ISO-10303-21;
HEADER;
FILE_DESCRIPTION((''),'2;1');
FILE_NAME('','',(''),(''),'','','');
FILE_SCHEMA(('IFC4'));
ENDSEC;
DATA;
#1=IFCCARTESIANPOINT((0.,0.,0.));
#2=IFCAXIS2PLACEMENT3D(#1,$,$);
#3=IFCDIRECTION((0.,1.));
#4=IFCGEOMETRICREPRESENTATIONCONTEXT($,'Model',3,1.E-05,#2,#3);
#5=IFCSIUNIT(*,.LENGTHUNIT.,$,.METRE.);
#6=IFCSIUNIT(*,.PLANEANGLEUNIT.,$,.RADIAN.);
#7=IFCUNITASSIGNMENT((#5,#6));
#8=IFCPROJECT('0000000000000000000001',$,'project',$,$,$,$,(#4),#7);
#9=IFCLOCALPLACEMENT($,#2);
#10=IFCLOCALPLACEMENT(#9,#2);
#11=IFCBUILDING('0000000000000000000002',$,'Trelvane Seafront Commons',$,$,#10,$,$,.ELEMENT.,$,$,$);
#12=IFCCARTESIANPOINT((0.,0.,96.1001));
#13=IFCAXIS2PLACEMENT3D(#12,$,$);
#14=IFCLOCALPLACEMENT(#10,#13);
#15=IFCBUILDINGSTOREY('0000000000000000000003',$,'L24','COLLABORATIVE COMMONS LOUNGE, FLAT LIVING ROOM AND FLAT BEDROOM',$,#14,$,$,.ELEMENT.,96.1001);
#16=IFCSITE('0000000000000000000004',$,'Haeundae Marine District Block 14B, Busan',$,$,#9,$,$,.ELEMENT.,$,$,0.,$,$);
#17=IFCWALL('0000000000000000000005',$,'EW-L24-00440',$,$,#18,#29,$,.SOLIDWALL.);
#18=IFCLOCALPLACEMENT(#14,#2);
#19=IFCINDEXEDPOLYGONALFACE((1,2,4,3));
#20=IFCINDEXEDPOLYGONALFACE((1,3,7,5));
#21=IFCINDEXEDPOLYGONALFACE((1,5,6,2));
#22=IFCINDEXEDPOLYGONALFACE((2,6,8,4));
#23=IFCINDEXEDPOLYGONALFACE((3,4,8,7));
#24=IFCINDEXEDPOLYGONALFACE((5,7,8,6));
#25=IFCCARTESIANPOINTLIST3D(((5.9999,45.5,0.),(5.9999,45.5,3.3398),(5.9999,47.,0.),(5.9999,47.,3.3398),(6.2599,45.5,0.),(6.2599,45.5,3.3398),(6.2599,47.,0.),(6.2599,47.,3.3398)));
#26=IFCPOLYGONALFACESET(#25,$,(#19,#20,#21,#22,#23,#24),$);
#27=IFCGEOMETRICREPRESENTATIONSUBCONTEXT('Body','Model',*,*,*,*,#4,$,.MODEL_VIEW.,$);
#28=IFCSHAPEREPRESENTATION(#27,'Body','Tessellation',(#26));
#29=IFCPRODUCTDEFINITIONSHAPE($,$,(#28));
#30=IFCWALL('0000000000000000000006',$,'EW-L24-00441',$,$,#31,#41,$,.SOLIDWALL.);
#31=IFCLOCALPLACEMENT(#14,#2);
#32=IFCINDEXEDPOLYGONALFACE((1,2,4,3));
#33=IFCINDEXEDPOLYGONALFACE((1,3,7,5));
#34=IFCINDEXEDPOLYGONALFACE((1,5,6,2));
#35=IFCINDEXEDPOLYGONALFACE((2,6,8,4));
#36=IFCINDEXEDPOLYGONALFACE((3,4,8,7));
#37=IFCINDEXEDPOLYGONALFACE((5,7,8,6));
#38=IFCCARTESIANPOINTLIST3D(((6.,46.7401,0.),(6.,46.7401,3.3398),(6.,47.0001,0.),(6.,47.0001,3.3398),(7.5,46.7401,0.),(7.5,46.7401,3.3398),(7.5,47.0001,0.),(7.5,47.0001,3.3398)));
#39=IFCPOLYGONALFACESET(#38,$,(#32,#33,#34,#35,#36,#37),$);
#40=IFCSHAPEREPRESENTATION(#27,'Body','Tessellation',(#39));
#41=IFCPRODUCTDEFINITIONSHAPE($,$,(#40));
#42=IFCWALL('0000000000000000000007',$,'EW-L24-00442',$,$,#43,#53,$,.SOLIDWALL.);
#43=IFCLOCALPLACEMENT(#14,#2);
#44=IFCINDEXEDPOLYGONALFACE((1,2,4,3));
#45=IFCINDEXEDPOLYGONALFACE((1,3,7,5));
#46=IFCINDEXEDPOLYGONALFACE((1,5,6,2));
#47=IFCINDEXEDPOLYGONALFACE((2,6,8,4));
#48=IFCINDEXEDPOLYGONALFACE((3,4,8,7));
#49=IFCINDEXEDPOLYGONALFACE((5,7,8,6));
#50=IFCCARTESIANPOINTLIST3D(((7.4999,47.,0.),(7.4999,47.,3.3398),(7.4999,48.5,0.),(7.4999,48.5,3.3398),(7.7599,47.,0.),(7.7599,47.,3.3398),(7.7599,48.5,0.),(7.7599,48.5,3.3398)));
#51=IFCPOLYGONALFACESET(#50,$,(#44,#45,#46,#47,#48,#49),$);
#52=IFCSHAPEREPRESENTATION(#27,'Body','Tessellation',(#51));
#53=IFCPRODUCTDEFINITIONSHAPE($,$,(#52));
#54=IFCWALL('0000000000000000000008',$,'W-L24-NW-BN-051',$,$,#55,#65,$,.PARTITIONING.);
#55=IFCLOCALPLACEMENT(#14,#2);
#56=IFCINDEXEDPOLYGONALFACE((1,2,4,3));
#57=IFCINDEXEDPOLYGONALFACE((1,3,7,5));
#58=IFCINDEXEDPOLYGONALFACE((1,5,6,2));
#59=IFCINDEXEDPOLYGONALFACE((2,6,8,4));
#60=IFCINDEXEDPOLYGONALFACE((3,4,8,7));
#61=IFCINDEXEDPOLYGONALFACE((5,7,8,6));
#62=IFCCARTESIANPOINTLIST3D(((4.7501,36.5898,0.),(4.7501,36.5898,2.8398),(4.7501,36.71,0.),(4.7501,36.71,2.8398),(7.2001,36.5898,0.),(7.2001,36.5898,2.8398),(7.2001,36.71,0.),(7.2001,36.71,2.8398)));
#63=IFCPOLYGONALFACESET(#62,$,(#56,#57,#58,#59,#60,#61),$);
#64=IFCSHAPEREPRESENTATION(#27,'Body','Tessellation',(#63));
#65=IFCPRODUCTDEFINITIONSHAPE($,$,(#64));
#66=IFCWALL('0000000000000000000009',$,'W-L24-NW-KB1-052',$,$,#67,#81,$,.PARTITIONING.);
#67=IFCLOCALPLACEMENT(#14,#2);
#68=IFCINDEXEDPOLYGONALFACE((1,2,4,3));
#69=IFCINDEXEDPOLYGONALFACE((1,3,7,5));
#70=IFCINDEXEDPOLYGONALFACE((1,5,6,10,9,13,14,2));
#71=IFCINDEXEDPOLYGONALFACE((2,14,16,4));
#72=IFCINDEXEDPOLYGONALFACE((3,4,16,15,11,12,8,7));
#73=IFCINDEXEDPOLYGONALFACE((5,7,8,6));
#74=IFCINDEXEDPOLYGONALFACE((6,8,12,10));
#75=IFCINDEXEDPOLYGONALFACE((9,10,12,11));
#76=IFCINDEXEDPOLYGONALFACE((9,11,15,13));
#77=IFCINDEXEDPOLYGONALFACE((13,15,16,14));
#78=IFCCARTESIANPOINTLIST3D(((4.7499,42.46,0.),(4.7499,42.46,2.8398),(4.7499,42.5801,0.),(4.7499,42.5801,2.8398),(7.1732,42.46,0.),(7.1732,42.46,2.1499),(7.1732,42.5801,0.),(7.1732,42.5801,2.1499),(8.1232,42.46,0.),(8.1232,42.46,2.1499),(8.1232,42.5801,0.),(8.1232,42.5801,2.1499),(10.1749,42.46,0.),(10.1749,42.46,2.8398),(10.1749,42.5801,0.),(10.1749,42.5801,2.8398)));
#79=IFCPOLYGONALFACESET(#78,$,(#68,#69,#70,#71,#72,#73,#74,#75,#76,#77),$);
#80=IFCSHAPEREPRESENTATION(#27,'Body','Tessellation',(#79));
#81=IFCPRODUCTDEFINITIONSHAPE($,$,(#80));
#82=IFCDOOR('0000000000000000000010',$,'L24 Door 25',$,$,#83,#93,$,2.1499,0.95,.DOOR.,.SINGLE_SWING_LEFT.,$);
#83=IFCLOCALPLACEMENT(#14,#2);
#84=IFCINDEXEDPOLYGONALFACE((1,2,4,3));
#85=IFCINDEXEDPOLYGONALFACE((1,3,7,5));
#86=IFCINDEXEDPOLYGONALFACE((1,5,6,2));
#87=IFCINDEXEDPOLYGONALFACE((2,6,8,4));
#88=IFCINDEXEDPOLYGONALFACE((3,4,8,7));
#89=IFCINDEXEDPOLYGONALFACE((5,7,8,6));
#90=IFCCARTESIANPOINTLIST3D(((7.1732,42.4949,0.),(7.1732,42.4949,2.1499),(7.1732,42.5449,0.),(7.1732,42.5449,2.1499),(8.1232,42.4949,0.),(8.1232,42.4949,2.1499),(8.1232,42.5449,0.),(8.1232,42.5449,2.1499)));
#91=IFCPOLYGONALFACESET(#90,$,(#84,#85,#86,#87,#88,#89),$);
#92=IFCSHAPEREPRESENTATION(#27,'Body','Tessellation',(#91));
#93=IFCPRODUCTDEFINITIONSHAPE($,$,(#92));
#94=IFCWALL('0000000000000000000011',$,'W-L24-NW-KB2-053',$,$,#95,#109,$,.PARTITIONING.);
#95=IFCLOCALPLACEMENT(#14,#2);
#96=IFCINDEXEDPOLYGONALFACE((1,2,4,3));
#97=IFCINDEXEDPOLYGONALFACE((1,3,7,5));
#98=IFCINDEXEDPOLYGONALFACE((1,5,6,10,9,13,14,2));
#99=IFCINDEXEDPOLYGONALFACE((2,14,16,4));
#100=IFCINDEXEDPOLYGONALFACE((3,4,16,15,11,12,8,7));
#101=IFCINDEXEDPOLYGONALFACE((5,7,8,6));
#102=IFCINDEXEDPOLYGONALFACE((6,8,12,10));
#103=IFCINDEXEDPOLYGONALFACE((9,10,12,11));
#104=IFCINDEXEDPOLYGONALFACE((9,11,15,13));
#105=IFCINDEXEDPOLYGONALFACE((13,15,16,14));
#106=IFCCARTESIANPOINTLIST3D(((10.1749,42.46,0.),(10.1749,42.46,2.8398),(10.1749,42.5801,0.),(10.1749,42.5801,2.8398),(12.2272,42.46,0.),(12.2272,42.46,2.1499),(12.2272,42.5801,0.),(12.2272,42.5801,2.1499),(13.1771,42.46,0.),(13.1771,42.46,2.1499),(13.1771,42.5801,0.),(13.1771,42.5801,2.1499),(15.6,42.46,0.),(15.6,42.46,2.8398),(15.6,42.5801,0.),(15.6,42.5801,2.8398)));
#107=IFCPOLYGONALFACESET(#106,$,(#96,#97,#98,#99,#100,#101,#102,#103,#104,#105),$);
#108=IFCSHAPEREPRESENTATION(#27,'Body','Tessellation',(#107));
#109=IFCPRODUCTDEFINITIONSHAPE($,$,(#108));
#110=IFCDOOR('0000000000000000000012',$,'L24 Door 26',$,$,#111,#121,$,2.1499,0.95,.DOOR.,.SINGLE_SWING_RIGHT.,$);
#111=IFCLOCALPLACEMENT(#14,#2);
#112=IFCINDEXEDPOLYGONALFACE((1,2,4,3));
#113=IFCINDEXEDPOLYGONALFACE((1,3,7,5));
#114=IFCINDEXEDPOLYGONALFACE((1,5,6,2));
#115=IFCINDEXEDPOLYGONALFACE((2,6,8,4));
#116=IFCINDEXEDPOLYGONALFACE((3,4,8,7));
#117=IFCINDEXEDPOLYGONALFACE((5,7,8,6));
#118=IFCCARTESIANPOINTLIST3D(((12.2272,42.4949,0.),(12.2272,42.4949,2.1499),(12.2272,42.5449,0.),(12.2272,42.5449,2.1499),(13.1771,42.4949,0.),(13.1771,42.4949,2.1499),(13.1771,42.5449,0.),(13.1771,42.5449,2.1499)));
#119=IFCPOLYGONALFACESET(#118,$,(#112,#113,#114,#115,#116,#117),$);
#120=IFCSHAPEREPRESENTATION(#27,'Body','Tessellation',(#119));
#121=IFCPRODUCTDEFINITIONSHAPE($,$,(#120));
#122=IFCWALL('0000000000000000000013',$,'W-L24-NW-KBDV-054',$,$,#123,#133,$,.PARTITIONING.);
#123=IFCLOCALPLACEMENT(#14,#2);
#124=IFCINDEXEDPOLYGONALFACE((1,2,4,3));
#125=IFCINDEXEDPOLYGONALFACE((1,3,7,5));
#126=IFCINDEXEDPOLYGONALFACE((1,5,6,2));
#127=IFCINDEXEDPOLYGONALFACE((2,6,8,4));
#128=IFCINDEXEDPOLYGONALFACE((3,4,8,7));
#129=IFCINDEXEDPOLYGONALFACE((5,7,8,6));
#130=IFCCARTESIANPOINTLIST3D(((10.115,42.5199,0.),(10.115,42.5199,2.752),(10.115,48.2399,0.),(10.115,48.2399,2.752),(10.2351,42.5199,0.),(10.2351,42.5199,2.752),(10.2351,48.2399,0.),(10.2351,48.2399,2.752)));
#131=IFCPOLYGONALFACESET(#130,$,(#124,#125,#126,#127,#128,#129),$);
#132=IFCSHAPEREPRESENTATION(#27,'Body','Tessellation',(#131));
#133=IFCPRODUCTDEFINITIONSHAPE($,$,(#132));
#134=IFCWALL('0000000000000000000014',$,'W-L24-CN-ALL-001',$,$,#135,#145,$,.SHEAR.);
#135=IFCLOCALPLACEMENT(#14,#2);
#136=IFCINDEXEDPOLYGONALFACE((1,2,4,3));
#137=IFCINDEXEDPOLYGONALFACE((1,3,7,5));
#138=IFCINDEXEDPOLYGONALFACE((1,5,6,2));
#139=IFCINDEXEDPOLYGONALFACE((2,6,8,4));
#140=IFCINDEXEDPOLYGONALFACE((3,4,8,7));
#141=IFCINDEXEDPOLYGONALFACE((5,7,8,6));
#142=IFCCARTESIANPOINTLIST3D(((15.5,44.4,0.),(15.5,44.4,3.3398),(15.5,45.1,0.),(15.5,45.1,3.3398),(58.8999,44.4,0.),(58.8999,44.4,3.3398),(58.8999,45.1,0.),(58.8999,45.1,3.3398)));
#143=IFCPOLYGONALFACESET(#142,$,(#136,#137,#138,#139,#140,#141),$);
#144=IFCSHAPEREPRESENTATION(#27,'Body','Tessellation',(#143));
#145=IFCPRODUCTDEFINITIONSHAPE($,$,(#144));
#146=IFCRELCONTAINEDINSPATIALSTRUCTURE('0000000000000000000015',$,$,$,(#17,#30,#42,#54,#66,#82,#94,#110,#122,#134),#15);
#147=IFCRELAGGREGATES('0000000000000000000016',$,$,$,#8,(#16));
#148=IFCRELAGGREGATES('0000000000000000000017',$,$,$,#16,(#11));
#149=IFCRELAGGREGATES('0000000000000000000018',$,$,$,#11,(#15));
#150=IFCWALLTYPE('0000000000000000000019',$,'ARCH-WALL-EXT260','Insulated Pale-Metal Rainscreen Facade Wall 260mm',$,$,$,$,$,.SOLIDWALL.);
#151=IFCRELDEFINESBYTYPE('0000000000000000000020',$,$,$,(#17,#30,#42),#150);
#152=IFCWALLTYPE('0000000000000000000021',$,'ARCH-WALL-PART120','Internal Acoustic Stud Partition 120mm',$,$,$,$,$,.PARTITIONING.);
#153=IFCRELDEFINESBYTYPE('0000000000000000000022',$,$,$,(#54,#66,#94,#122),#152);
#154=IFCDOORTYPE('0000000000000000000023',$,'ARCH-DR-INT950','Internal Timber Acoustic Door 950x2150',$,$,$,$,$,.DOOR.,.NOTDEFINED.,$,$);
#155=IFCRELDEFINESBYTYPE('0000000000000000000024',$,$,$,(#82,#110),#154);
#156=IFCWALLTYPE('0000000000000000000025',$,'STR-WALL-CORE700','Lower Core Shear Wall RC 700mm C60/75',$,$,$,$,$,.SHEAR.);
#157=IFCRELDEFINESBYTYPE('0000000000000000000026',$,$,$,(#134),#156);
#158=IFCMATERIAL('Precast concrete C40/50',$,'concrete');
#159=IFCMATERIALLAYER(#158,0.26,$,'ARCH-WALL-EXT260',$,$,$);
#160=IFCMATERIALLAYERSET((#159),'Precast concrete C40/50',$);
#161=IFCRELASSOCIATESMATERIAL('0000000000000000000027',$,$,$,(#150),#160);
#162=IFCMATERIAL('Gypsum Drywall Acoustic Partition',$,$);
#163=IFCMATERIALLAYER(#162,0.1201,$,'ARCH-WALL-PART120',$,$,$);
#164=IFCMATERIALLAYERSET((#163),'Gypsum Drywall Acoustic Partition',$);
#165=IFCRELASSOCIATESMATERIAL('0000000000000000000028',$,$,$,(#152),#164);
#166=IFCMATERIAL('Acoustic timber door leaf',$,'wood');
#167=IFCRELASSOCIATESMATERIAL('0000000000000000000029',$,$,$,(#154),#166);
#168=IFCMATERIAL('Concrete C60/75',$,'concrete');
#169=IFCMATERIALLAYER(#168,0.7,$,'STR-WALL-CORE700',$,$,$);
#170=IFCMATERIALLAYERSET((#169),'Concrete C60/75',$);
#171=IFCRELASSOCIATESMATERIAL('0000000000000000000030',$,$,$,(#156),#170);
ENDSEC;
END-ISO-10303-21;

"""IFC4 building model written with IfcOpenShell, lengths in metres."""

from ifc_helpers import new_model, si_unit, direction, frame, frame_2d, origin, place, context, subcontext, project, spatial, rectangle, extrude, source, transform, mapped, material, layer, layer_set, type_object, element, fill, save


model = new_model("IFC4")

# Units and contexts
model_context = context("Model", 3, precision=1e-05, world=origin(), true_north=direction((0.0, 1.0)))
body_context = subcontext(model_context, "Body", "Model", "MODEL_VIEW")
ifc_project = project(units=[si_unit("LENGTHUNIT", "METRE"), si_unit("PLANEANGLEUNIT", "RADIAN")], contexts=[model_context])

# Site, building, storey
site_placement = place(None, origin())
site = spatial("IfcSite", under=ifc_project, at=site_placement, Name="Haeundae Marine District Block 14B, Busan", CompositionType="ELEMENT", RefElevation=0.0)
building_placement = place(site_placement, origin())
building = spatial("IfcBuilding", under=site, at=building_placement, Name="Trelvane Seafront Commons", CompositionType="ELEMENT")
storey_placement = place(building_placement, frame((0.0, 0.0, 96.1001)))
storey = spatial("IfcBuildingStorey", under=building, at=storey_placement, Name="L24", Description="COLLABORATIVE COMMONS LOUNGE, FLAT LIVING ROOM AND FLAT BEDROOM", CompositionType="ELEMENT", Elevation=96.1001)

# Shared definitions
ifc_material_1 = material(Name="Concrete C60/75", Category="concrete")

# Shared definitions
ifc_material_2 = material(Name="Precast concrete C40/50", Category="concrete")
ifc_layer_1 = layer(ifc_material_2, 0.26, Name="ARCH-WALL-EXT260")
ifc_layer_set_1 = layer_set([ifc_layer_1], Name="Precast concrete C40/50")
wall_type_1 = type_object("IfcWallType", Name="ARCH-WALL-EXT260", Description="Insulated Pale-Metal Rainscreen Facade Wall 260mm", PredefinedType="SOLIDWALL", material=ifc_layer_set_1)

# Walls
for number, where, z_axis, x_axis, name in (
    (1, (6.1299, 45.5, 0.0), (0.0, 0.0, 1.0), (0.0, 1.0, 0.0), "EW-L24-00440"),
    (2, (6.0, 46.8701, 0.0), (0.0, 0.0, 1.0), (1.0, 0.0, 0.0), "EW-L24-00441"),
    (3, (7.6299, 47.0, 0.0), (0.0, 0.0, 1.0), (0.0, 1.0, 0.0), "EW-L24-00442"),
):
    element("IfcWall", number, at=place(storey_placement, frame(where, z_axis=z_axis, x_axis=x_axis)), inside=storey, type_object=wall_type_1, Name=name, PredefinedType="SOLIDWALL", context=body_context, shape_type="SweptSolid", body=[
        extrude(rectangle(XDim=1.5, YDim=0.26, at=frame_2d((0.75, 0.0))), origin(), (0.0, 0.0, 1.0), 3.3398),
    ])
ifc_material_3 = material(Name="Gypsum Drywall Acoustic Partition")
ifc_layer_2 = layer(ifc_material_3, 0.1201, Name="ARCH-WALL-PART120")
ifc_layer_set_2 = layer_set([ifc_layer_2], Name="Gypsum Drywall Acoustic Partition")
wall_type_2 = type_object("IfcWallType", Name="ARCH-WALL-PART120", Description="Internal Acoustic Stud Partition 120mm", PredefinedType="PARTITIONING", material=ifc_layer_set_2)
wall_1_placement = place(storey_placement, frame((4.75, 36.6499, 0.0), z_axis=(0.0, 0.0, 1.0), x_axis=(1.0, 0.0, 0.0)))
element("IfcWall", 4, at=wall_1_placement, inside=storey, type_object=wall_type_2, Name="W-L24-NW-BN-051", PredefinedType="PARTITIONING", context=body_context, shape_type="SweptSolid", body=[
    extrude(rectangle(XDim=2.45, YDim=0.1201, at=frame_2d((1.2251, 0.0))), origin(), (0.0, 0.0, 1.0), 2.8398),
])

# Walls, openings, doors
wall_2_placement = place(storey_placement, frame((4.75, 42.52, 0.0), z_axis=(0.0, 0.0, 1.0), x_axis=(1.0, 0.0, 0.0)))
wall_2 = element("IfcWall", 5, at=wall_2_placement, inside=storey, type_object=wall_type_2, Name="W-L24-NW-KB1-052", PredefinedType="PARTITIONING", context=body_context, shape_type="SweptSolid", body=[
    extrude(rectangle(XDim=5.425, YDim=0.1201, at=frame_2d((2.7124, 0.0))), origin(), (0.0, 0.0, 1.0), 2.8398),
])
opening_1_placement = place(wall_2_placement, frame((2.4231, 0.0, 0.0)))
opening_1 = element("IfcOpeningElement", 6, at=opening_1_placement, cuts=wall_2, PredefinedType="OPENING", context=body_context, shape_type="SweptSolid", body=[
    extrude(rectangle(XDim=0.95, YDim=2.1499, at=frame_2d((0.4751, 1.075))), frame((0.0, 0.0701, 0.0), z_axis=(0.0, -1.0, 0.0), x_axis=(1.0, 0.0, 0.0)), (0.0, 0.0, 1.0), 0.1401),
])
ifc_material_4 = material(Name="Acoustic timber door leaf", Category="wood")
door_type_1 = type_object("IfcDoorType", Name="ARCH-DR-INT950", Description="Internal Timber Acoustic Door 950x2150", OperationType="NOTDEFINED", PredefinedType="DOOR", material=ifc_material_4)
shared_shape_1 = source(origin(), body_context, "Body", "SweptSolid", [
    extrude(rectangle(XDim=0.95, YDim=2.1499, at=frame_2d((0.4751, 1.075))), frame((0.0, 0.0249, 0.0), z_axis=(0.0, -1.0, 0.0), x_axis=(1.0, 0.0, 0.0)), (0.0, 0.0, 1.0), 0.05),
])
door_1_placement = place(opening_1_placement, origin())
door_1 = element("IfcDoor", 7, at=door_1_placement, inside=storey, type_object=door_type_1, Name="L24 Door 25", OperationType="SINGLE_SWING_LEFT", OverallHeight=2.1499, OverallWidth=0.95, PredefinedType="DOOR", context=body_context, shape_type="MappedRepresentation", body=[
    mapped(shared_shape_1, transform((0.0, 0.0, 0.0), x_axis=(1.0, 0.0, 0.0), y_axis=(0.0, 1.0, 0.0), z_axis=(0.0, 0.0, 1.0), scale=1.0)),
])
fill(opening_1, door_1)
wall_3_placement = place(storey_placement, frame((10.175, 42.52, 0.0), z_axis=(0.0, 0.0, 1.0), x_axis=(1.0, 0.0, 0.0)))
wall_3 = element("IfcWall", 8, at=wall_3_placement, inside=storey, type_object=wall_type_2, Name="W-L24-NW-KB2-053", PredefinedType="PARTITIONING", context=body_context, shape_type="SweptSolid", body=[
    extrude(rectangle(XDim=5.425, YDim=0.1201, at=frame_2d((2.7124, 0.0))), origin(), (0.0, 0.0, 1.0), 2.8398),
])
opening_2_placement = place(wall_3_placement, frame((2.052, 0.0, 0.0)))
opening_2 = element("IfcOpeningElement", 9, at=opening_2_placement, cuts=wall_3, PredefinedType="OPENING", context=body_context, shape_type="SweptSolid", body=[
    extrude(rectangle(XDim=0.95, YDim=2.1499, at=frame_2d((0.4751, 1.075))), frame((0.0, 0.0701, 0.0), z_axis=(0.0, -1.0, 0.0), x_axis=(1.0, 0.0, 0.0)), (0.0, 0.0, 1.0), 0.1401),
])
door_2_placement = place(opening_2_placement, origin())
door_2 = element("IfcDoor", 10, at=door_2_placement, inside=storey, type_object=door_type_1, Name="L24 Door 26", OperationType="SINGLE_SWING_RIGHT", OverallHeight=2.1499, OverallWidth=0.95, PredefinedType="DOOR", context=body_context, shape_type="MappedRepresentation", body=[
    mapped(shared_shape_1, transform((0.0, 0.0, 0.0), x_axis=(1.0, 0.0, 0.0), y_axis=(0.0, 1.0, 0.0), z_axis=(0.0, 0.0, 1.0), scale=1.0)),
])
fill(opening_2, door_2)

# Wall
wall_4_placement = place(storey_placement, frame((10.175, 42.52, 0.0), z_axis=(0.0, 0.0, 1.0), x_axis=(0.0, 1.0, 0.0)))
element("IfcWall", 11, at=wall_4_placement, inside=storey, type_object=wall_type_2, Name="W-L24-NW-KBDV-054", PredefinedType="PARTITIONING", context=body_context, shape_type="SweptSolid", body=[
    extrude(rectangle(XDim=5.72, YDim=0.1201, at=frame_2d((2.8599, 0.0))), origin(), (0.0, 0.0, 1.0), 2.752),
])

# Wall
ifc_layer_3 = layer(ifc_material_1, 0.7, Name="STR-WALL-CORE700")
ifc_layer_set_3 = layer_set([ifc_layer_3], Name="Concrete C60/75")
wall_type_3 = type_object("IfcWallType", Name="STR-WALL-CORE700", Description="Lower Core Shear Wall RC 700mm C60/75", PredefinedType="SHEAR", material=ifc_layer_set_3)
wall_5_placement = place(storey_placement, frame((15.5, 44.75, 0.0), z_axis=(0.0, 0.0, 1.0), x_axis=(1.0, 0.0, 0.0)))
element("IfcWall", 12, at=wall_5_placement, inside=storey, type_object=wall_type_3, Name="W-L24-CN-ALL-001", PredefinedType="SHEAR", context=body_context, shape_type="SweptSolid", body=[
    extrude(rectangle(XDim=43.3999, YDim=0.7, at=frame_2d((21.7, 0.0))), origin(), (0.0, 0.0, 1.0), 3.3398),
])

save(model, "model.ifc")
